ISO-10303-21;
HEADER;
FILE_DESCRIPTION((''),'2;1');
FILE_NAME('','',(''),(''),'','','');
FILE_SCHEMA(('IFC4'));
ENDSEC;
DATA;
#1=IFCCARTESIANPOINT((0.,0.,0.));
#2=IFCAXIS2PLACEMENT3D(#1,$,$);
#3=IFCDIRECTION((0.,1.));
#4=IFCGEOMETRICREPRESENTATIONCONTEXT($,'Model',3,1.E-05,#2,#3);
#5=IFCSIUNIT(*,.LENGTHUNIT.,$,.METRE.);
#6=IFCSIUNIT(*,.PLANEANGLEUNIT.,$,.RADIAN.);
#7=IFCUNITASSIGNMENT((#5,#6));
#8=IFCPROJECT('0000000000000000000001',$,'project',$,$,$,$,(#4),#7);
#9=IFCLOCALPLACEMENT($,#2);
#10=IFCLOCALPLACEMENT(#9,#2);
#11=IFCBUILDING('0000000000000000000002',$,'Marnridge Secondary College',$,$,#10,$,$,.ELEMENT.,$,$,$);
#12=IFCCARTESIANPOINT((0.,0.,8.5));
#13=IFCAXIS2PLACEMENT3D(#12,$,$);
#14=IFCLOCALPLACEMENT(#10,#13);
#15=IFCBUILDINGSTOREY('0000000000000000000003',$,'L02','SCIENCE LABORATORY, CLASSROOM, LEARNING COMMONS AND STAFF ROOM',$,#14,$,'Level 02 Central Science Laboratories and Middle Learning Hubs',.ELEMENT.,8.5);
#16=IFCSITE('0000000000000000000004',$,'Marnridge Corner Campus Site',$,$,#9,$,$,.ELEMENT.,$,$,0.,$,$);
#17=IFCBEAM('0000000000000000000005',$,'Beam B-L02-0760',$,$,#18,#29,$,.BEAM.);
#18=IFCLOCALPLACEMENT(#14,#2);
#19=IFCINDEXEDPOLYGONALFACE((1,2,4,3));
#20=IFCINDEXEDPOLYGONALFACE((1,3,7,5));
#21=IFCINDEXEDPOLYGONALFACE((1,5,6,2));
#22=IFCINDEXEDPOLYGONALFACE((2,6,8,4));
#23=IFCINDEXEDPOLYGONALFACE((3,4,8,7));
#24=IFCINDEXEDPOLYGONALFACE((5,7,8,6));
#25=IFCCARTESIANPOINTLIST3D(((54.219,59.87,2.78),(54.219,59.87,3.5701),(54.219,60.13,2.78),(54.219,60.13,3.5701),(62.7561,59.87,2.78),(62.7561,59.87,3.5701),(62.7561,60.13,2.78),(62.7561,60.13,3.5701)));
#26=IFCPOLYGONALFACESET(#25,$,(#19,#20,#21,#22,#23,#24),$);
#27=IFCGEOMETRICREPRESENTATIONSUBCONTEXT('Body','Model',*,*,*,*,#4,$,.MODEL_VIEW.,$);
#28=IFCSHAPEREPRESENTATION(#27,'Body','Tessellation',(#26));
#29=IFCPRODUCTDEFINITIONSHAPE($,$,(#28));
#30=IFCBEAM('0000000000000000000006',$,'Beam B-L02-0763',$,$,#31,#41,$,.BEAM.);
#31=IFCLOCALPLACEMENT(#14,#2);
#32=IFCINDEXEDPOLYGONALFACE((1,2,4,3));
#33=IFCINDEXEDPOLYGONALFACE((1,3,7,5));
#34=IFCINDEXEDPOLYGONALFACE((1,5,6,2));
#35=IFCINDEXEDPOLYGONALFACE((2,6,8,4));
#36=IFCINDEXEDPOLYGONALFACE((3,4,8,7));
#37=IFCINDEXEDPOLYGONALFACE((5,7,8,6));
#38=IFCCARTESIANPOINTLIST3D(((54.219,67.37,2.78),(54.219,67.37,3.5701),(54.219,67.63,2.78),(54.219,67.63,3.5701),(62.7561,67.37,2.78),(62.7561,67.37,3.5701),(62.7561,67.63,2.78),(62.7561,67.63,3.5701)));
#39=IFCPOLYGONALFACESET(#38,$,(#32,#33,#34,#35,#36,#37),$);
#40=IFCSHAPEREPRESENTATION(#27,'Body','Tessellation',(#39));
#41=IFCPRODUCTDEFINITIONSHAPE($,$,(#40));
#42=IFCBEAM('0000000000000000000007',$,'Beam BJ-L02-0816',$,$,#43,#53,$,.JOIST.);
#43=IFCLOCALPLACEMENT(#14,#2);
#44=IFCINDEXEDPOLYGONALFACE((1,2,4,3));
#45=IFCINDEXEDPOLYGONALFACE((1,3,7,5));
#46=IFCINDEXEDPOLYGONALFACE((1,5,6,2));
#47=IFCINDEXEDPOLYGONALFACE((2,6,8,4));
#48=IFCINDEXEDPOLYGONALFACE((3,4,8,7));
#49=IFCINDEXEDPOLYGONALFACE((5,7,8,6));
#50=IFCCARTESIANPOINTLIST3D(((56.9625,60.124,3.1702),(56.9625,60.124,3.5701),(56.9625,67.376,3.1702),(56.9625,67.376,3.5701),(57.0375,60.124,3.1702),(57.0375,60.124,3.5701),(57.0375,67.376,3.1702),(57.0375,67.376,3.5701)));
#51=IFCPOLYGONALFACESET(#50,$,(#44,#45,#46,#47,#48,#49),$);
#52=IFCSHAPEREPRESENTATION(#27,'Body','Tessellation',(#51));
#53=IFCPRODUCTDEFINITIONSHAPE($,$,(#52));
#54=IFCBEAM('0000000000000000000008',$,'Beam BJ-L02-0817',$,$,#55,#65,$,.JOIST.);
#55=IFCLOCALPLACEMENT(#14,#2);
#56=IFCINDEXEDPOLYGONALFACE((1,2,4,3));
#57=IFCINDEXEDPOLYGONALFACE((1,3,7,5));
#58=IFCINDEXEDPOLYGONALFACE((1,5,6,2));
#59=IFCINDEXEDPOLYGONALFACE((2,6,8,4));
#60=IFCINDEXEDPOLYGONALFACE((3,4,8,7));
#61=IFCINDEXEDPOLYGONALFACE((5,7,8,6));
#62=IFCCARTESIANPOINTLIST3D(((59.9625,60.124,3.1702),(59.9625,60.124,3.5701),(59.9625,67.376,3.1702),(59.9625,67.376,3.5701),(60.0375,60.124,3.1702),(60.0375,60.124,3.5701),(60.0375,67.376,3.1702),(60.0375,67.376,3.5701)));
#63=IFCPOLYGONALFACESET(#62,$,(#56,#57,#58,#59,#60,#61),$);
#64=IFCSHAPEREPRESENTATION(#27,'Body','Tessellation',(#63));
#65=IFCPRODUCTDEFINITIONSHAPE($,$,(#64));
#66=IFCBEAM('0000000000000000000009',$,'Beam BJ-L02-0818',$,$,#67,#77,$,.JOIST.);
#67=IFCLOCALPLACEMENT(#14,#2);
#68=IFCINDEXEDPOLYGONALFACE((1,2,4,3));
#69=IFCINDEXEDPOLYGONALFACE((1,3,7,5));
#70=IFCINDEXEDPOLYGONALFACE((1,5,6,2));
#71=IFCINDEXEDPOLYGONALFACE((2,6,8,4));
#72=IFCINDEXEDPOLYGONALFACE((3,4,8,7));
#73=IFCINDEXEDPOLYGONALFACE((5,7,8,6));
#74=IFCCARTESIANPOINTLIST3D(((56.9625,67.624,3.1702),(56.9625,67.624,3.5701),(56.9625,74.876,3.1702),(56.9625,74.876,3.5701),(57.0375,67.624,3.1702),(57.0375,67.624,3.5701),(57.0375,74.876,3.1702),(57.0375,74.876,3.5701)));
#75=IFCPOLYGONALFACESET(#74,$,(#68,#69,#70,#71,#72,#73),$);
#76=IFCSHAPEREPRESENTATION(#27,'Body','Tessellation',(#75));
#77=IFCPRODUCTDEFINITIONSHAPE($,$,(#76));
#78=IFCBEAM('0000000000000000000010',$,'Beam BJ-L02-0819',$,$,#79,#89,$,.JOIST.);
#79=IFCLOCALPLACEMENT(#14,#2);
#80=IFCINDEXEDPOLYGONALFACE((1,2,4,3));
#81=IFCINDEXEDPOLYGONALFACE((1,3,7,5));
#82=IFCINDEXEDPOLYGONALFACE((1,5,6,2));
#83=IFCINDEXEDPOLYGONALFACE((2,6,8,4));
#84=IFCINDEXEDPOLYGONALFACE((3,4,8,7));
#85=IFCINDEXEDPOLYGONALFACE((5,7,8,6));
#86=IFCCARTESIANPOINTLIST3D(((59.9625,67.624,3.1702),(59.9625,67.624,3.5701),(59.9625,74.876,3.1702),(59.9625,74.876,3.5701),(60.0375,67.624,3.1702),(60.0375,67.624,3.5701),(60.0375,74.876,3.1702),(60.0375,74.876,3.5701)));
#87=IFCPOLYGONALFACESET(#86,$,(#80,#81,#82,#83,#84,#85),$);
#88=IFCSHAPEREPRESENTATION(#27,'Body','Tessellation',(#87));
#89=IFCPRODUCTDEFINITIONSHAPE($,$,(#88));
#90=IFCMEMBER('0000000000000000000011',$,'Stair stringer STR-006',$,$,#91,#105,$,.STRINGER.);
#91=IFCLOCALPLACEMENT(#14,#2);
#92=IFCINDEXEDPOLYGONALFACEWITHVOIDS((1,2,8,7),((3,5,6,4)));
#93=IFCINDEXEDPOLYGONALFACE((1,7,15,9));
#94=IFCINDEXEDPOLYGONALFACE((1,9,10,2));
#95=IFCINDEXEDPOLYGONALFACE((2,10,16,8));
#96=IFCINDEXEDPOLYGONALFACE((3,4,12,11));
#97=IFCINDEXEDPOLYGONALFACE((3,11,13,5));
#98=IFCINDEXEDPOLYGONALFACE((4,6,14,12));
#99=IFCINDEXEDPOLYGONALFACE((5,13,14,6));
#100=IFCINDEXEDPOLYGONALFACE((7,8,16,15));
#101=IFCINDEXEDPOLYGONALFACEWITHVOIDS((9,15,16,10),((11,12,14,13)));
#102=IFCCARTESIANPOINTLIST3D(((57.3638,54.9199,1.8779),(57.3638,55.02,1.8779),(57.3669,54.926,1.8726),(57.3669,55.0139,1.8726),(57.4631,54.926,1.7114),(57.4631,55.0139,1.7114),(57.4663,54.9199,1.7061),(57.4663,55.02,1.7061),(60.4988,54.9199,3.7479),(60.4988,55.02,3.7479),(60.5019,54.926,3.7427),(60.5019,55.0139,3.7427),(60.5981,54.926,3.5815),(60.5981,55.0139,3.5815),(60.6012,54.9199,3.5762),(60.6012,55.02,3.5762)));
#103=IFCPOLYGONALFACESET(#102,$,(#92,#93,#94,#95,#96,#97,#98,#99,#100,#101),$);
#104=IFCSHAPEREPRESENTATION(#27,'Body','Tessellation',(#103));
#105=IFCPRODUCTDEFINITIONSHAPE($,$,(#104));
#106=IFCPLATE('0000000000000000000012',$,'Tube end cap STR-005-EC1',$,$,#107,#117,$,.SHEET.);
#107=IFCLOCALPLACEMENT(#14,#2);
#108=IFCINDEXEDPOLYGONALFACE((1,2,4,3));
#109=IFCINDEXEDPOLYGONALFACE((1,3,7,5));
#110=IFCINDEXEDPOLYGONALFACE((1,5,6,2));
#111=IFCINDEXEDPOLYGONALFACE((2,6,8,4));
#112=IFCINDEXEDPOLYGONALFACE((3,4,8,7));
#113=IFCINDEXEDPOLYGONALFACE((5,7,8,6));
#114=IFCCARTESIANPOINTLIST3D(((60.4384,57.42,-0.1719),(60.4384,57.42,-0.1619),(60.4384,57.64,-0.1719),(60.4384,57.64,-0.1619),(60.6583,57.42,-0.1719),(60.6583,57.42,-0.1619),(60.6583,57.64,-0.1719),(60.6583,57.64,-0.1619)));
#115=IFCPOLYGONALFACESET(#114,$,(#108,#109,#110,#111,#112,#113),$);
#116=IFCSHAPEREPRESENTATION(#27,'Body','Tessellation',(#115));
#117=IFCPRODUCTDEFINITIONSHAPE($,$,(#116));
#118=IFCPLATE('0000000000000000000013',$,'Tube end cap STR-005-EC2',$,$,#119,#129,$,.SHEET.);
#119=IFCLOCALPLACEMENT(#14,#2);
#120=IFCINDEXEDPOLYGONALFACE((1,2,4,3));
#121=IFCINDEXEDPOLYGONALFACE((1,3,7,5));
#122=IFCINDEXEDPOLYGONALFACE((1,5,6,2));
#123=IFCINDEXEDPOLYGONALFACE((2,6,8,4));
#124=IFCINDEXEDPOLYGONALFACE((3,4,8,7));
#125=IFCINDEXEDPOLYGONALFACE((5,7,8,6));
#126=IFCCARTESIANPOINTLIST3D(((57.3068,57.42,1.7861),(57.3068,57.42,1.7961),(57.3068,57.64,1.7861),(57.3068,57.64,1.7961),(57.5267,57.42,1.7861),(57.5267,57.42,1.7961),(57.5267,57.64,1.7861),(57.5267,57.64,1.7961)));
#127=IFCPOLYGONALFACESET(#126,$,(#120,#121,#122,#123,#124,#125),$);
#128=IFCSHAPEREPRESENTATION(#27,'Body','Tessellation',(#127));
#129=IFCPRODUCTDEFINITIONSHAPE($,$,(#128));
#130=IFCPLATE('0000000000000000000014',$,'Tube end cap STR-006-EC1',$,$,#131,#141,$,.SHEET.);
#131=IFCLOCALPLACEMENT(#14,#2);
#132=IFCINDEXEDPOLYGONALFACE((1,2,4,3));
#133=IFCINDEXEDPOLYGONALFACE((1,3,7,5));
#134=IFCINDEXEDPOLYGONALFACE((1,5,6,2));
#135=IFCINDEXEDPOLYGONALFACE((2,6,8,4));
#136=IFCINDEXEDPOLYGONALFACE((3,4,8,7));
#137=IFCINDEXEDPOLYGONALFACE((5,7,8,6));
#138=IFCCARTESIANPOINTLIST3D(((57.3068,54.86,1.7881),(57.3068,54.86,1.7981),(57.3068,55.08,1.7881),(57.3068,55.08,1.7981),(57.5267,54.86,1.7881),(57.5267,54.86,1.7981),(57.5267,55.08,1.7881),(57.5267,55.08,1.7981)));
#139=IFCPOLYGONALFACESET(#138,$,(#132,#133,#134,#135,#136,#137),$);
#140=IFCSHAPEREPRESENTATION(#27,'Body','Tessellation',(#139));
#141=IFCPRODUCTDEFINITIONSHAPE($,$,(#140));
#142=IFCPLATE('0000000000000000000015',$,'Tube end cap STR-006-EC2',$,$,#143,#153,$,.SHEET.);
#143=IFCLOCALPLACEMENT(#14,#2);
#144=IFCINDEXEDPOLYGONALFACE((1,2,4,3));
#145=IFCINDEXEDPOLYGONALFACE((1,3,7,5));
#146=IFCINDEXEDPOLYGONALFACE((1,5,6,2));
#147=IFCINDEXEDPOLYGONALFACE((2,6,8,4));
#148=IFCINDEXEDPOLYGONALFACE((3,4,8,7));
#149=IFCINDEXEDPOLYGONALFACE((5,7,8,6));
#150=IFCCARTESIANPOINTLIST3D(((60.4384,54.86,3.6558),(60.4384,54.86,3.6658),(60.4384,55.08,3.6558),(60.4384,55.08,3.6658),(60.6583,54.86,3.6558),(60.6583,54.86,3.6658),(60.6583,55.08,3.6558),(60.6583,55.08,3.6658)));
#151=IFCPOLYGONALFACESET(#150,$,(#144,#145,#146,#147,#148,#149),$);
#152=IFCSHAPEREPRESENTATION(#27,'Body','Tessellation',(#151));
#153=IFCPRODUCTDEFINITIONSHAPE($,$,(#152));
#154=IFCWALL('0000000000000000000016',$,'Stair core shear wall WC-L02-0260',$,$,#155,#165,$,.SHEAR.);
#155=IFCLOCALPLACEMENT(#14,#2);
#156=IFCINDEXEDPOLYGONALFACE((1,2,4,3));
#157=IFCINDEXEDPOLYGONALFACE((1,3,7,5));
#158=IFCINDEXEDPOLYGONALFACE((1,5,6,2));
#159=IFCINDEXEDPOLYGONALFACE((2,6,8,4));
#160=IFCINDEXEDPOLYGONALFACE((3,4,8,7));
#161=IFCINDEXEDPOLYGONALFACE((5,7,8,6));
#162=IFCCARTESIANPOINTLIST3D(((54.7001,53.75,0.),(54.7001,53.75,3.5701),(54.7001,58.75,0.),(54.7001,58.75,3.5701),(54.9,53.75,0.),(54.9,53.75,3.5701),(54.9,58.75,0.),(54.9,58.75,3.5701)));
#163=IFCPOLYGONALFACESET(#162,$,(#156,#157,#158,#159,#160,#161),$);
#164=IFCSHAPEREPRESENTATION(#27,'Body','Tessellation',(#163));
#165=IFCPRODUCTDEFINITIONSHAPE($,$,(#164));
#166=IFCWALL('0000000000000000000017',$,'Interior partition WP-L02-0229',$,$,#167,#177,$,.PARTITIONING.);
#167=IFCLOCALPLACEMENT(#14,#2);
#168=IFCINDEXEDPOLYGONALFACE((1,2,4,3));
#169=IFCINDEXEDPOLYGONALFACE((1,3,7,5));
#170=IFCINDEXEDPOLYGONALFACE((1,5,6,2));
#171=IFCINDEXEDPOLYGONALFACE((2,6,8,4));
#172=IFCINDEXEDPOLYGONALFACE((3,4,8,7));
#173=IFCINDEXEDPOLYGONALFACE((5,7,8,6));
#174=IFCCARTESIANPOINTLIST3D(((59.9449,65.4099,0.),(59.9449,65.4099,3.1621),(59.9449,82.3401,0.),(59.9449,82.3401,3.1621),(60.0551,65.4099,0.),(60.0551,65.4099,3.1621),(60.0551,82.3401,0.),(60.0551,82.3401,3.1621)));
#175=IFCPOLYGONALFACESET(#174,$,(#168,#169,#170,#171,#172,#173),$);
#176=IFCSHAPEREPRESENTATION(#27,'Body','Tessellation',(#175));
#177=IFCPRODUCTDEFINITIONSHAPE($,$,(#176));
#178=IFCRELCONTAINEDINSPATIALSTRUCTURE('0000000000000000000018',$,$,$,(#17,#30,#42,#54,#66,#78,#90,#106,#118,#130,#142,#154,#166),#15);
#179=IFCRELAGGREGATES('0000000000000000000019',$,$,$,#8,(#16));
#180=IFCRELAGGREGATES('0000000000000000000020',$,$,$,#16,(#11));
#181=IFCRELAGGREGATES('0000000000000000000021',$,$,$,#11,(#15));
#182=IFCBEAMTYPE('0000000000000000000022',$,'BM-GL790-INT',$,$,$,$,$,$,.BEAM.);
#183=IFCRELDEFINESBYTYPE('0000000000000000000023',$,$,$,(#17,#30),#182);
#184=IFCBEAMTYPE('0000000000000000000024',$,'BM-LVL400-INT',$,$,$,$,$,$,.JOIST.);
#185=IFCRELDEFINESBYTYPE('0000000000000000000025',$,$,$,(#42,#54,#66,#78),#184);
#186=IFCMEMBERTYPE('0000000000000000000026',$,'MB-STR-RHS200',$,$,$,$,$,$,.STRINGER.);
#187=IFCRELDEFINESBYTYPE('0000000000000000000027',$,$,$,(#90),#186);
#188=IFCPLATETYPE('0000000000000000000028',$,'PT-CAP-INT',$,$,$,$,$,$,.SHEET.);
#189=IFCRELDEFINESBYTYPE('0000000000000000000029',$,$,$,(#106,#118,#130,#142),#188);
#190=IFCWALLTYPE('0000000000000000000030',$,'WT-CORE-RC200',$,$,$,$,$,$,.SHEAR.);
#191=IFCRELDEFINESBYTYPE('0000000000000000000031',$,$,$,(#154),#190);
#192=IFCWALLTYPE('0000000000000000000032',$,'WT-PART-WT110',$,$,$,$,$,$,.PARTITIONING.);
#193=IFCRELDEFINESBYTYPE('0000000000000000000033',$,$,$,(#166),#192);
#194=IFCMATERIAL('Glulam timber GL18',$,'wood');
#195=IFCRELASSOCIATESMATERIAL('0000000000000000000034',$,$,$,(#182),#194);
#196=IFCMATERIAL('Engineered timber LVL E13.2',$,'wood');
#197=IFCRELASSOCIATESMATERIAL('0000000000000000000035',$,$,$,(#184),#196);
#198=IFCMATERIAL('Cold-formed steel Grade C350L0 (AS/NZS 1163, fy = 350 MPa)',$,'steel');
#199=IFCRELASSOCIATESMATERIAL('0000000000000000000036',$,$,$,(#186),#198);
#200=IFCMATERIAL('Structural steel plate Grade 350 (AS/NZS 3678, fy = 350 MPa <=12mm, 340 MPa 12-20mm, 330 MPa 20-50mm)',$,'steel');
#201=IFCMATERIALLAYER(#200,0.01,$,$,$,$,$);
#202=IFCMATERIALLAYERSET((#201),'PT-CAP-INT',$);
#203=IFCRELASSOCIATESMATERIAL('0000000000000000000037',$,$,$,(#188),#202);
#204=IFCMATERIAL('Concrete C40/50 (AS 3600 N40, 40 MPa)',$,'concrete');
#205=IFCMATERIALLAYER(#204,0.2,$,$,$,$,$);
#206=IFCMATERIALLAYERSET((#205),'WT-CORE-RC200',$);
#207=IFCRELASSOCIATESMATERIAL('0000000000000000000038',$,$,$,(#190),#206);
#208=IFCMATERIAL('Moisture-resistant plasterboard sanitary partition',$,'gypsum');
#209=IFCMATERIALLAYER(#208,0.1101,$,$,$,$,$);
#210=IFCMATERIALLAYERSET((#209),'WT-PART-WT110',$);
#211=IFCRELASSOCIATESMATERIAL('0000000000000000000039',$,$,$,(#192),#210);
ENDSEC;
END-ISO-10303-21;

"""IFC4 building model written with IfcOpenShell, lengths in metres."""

from ifc_helpers import new_model, si_unit, direction, frame, frame_2d, origin, origin_2d, place, context, subcontext, project, spatial, rectangle, hollow_rectangle, extrude, material, layer, layer_set, material_profile, profile_set, type_object, element, save


model = new_model("IFC4")

# Units and contexts
model_context = context("Model", 3, precision=1e-05, world=origin(), true_north=direction((0.0, 1.0)))
body_context = subcontext(model_context, "Body", "Model", "MODEL_VIEW")
ifc_project = project(units=[si_unit("LENGTHUNIT", "METRE"), si_unit("PLANEANGLEUNIT", "RADIAN")], contexts=[model_context])

# Site, building, storey
site_placement = place(None, origin())
site = spatial("IfcSite", under=ifc_project, at=site_placement, Name="Marnridge Corner Campus Site", CompositionType="ELEMENT", RefElevation=0.0)
building_placement = place(site_placement, origin())
building = spatial("IfcBuilding", under=site, at=building_placement, Name="Marnridge Secondary College", CompositionType="ELEMENT")
storey_placement = place(building_placement, frame((0.0, 0.0, 8.5)))
storey = spatial("IfcBuildingStorey", under=building, at=storey_placement, Name="L02", Description="SCIENCE LABORATORY, CLASSROOM, LEARNING COMMONS AND STAFF ROOM", LongName="Level 02 Central Science Laboratories and Middle Learning Hubs", CompositionType="ELEMENT", Elevation=8.5)

# Beams
ifc_material_1 = material(Name="Glulam timber GL18", Category="wood")
ifc_material_profile_1 = material_profile(ifc_material_1, rectangle(XDim=0.26, YDim=0.79, at=origin_2d()), Name="GL18 260x790")
ifc_profile_set_1 = profile_set([ifc_material_profile_1], Name="Glulam timber GL18")
beam_type_1 = type_object("IfcBeamType", Name="BM-GL790-INT", PredefinedType="BEAM", material=ifc_profile_set_1)
for number, where, z_axis, x_axis, name in (
    (1, (54.219, 60.0, 3.175), (1.0, 0.0, 0.0), (0.0, 1.0, 0.0), "Beam B-L02-0760"),
    (2, (54.219, 67.5, 3.175), (1.0, 0.0, 0.0), (0.0, 1.0, 0.0), "Beam B-L02-0763"),
):
    element("IfcBeam", number, at=place(storey_placement, frame(where, z_axis=z_axis, x_axis=x_axis)), inside=storey, type_object=beam_type_1, Name=name, PredefinedType="BEAM", context=body_context, shape_type="SweptSolid", body=[
        extrude(rectangle(XDim=0.26, YDim=0.79, at=origin_2d()), origin(), (0.0, 0.0, 1.0), 8.5371),
    ])
ifc_material_2 = material(Name="Engineered timber LVL E13.2", Category="wood")
ifc_material_profile_2 = material_profile(ifc_material_2, rectangle(XDim=0.075, YDim=0.3999, at=origin_2d()), Name="LVL 75x400")
ifc_profile_set_2 = profile_set([ifc_material_profile_2], Name="Engineered timber LVL E13.2")
beam_type_2 = type_object("IfcBeamType", Name="BM-LVL400-INT", PredefinedType="JOIST", material=ifc_profile_set_2)
for number, where, z_axis, x_axis, name in (
    (3, (57.0, 60.124, 3.3701), (0.0, 1.0, 0.0), (-1.0, 0.0, 0.0), "Beam BJ-L02-0816"),
    (4, (60.0, 60.124, 3.3701), (0.0, 1.0, 0.0), (-1.0, 0.0, 0.0), "Beam BJ-L02-0817"),
    (5, (57.0, 67.624, 3.3701), (0.0, 1.0, 0.0), (-1.0, 0.0, 0.0), "Beam BJ-L02-0818"),
    (6, (60.0, 67.624, 3.3701), (0.0, 1.0, 0.0), (-1.0, 0.0, 0.0), "Beam BJ-L02-0819"),
):
    element("IfcBeam", number, at=place(storey_placement, frame(where, z_axis=z_axis, x_axis=x_axis)), inside=storey, type_object=beam_type_2, Name=name, PredefinedType="JOIST", context=body_context, shape_type="SweptSolid", body=[
        extrude(rectangle(XDim=0.075, YDim=0.3999, at=origin_2d()), origin(), (0.0, 0.0, 1.0), 7.252),
    ])

# Member
ifc_material_3 = material(Name="Cold-formed steel Grade C350L0 (AS/NZS 1163, fy = 350 MPa)", Category="steel")
ifc_material_profile_3 = material_profile(ifc_material_3, hollow_rectangle(XDim=0.1001, YDim=0.2, WallThickness=0.0061, at=origin_2d()), Name="200x100x6.0RHS")
ifc_profile_set_3 = profile_set([ifc_material_profile_3], Name="Cold-formed steel Grade C350L0 (AS/NZS 1163, fy = 350 MPa)")
member_type = type_object("IfcMemberType", Name="MB-STR-RHS200", PredefinedType="STRINGER", material=ifc_profile_set_3)
member_placement = place(storey_placement, frame((57.415, 54.97, 1.792), z_axis=(0.858806, 0.0, 0.512301), x_axis=(0.0, 1.0, 0.0)))
element("IfcMember", 7, at=member_placement, inside=storey, type_object=member_type, Name="Stair stringer STR-006", PredefinedType="STRINGER", context=body_context, shape_type="SweptSolid", body=[
    extrude(hollow_rectangle(XDim=0.1001, YDim=0.2, WallThickness=0.0061, at=origin_2d()), origin(), (0.0, 0.0, 1.0), 3.6504),
])

# Plates
ifc_material_4 = material(Name="Structural steel plate Grade 350 (AS/NZS 3678, fy = 350 MPa <=12mm, 340 MPa 12-20mm, 330 MPa 20-50mm)", Category="steel")
ifc_layer_1 = layer(ifc_material_4, 0.01)
ifc_layer_set_1 = layer_set([ifc_layer_1], Name="PT-CAP-INT")
plate_type = type_object("IfcPlateType", Name="PT-CAP-INT", PredefinedType="SHEET", material=ifc_layer_set_1)
for number, where, z_axis, x_axis, name in (
    (8, (60.5483, 57.53, -0.1719), (0.0, 0.0, 1.0), (-1.0, 0.0, 0.0), "Tube end cap STR-005-EC1"),
    (9, (57.4167, 57.53, 1.7861), (0.0, 0.0, 1.0), (-1.0, 0.0, 0.0), "Tube end cap STR-005-EC2"),
    (10, (57.4167, 54.97, 1.7881), (0.0, 0.0, 1.0), (1.0, 0.0, 0.0), "Tube end cap STR-006-EC1"),
    (11, (60.5483, 54.97, 3.6558), (0.0, 0.0, 1.0), (1.0, 0.0, 0.0), "Tube end cap STR-006-EC2"),
):
    element("IfcPlate", number, at=place(storey_placement, frame(where, z_axis=z_axis, x_axis=x_axis)), inside=storey, type_object=plate_type, Name=name, PredefinedType="SHEET", context=body_context, shape_type="SweptSolid", body=[
        extrude(rectangle(XDim=0.22, YDim=0.22, at=origin_2d()), origin(), (0.0, 0.0, 1.0), 0.01),
    ])

# Walls
ifc_material_5 = material(Name="Concrete C40/50 (AS 3600 N40, 40 MPa)", Category="concrete")
ifc_layer_2 = layer(ifc_material_5, 0.2)
ifc_layer_set_2 = layer_set([ifc_layer_2], Name="WT-CORE-RC200")
wall_type_1 = type_object("IfcWallType", Name="WT-CORE-RC200", PredefinedType="SHEAR", material=ifc_layer_set_2)
wall_1_placement = place(storey_placement, frame((54.8, 58.75, 0.0), z_axis=(0.0, 0.0, 1.0), x_axis=(0.0, -1.0, 0.0)))
element("IfcWall", 12, at=wall_1_placement, inside=storey, type_object=wall_type_1, Name="Stair core shear wall WC-L02-0260", PredefinedType="SHEAR", context=body_context, shape_type="SweptSolid", body=[
    extrude(rectangle(XDim=5.0, YDim=0.2, at=frame_2d((2.5, 0.0))), origin(), (0.0, 0.0, 1.0), 3.5701),
])
ifc_material_6 = material(Name="Moisture-resistant plasterboard sanitary partition", Category="gypsum")
ifc_layer_3 = layer(ifc_material_6, 0.1101)
ifc_layer_set_3 = layer_set([ifc_layer_3], Name="WT-PART-WT110")
wall_type_2 = type_object("IfcWallType", Name="WT-PART-WT110", PredefinedType="PARTITIONING", material=ifc_layer_set_3)
wall_2_placement = place(storey_placement, frame((60.0, 65.4099, 0.0), z_axis=(0.0, 0.0, 1.0), x_axis=(0.0, 1.0, 0.0)))
element("IfcWall", 13, at=wall_2_placement, inside=storey, type_object=wall_type_2, Name="Interior partition WP-L02-0229", PredefinedType="PARTITIONING", context=body_context, shape_type="SweptSolid", body=[
    extrude(rectangle(XDim=16.9302, YDim=0.1101, at=frame_2d((8.4651, 0.0))), origin(), (0.0, 0.0, 1.0), 3.1621),
])

save(model, "model.ifc")
